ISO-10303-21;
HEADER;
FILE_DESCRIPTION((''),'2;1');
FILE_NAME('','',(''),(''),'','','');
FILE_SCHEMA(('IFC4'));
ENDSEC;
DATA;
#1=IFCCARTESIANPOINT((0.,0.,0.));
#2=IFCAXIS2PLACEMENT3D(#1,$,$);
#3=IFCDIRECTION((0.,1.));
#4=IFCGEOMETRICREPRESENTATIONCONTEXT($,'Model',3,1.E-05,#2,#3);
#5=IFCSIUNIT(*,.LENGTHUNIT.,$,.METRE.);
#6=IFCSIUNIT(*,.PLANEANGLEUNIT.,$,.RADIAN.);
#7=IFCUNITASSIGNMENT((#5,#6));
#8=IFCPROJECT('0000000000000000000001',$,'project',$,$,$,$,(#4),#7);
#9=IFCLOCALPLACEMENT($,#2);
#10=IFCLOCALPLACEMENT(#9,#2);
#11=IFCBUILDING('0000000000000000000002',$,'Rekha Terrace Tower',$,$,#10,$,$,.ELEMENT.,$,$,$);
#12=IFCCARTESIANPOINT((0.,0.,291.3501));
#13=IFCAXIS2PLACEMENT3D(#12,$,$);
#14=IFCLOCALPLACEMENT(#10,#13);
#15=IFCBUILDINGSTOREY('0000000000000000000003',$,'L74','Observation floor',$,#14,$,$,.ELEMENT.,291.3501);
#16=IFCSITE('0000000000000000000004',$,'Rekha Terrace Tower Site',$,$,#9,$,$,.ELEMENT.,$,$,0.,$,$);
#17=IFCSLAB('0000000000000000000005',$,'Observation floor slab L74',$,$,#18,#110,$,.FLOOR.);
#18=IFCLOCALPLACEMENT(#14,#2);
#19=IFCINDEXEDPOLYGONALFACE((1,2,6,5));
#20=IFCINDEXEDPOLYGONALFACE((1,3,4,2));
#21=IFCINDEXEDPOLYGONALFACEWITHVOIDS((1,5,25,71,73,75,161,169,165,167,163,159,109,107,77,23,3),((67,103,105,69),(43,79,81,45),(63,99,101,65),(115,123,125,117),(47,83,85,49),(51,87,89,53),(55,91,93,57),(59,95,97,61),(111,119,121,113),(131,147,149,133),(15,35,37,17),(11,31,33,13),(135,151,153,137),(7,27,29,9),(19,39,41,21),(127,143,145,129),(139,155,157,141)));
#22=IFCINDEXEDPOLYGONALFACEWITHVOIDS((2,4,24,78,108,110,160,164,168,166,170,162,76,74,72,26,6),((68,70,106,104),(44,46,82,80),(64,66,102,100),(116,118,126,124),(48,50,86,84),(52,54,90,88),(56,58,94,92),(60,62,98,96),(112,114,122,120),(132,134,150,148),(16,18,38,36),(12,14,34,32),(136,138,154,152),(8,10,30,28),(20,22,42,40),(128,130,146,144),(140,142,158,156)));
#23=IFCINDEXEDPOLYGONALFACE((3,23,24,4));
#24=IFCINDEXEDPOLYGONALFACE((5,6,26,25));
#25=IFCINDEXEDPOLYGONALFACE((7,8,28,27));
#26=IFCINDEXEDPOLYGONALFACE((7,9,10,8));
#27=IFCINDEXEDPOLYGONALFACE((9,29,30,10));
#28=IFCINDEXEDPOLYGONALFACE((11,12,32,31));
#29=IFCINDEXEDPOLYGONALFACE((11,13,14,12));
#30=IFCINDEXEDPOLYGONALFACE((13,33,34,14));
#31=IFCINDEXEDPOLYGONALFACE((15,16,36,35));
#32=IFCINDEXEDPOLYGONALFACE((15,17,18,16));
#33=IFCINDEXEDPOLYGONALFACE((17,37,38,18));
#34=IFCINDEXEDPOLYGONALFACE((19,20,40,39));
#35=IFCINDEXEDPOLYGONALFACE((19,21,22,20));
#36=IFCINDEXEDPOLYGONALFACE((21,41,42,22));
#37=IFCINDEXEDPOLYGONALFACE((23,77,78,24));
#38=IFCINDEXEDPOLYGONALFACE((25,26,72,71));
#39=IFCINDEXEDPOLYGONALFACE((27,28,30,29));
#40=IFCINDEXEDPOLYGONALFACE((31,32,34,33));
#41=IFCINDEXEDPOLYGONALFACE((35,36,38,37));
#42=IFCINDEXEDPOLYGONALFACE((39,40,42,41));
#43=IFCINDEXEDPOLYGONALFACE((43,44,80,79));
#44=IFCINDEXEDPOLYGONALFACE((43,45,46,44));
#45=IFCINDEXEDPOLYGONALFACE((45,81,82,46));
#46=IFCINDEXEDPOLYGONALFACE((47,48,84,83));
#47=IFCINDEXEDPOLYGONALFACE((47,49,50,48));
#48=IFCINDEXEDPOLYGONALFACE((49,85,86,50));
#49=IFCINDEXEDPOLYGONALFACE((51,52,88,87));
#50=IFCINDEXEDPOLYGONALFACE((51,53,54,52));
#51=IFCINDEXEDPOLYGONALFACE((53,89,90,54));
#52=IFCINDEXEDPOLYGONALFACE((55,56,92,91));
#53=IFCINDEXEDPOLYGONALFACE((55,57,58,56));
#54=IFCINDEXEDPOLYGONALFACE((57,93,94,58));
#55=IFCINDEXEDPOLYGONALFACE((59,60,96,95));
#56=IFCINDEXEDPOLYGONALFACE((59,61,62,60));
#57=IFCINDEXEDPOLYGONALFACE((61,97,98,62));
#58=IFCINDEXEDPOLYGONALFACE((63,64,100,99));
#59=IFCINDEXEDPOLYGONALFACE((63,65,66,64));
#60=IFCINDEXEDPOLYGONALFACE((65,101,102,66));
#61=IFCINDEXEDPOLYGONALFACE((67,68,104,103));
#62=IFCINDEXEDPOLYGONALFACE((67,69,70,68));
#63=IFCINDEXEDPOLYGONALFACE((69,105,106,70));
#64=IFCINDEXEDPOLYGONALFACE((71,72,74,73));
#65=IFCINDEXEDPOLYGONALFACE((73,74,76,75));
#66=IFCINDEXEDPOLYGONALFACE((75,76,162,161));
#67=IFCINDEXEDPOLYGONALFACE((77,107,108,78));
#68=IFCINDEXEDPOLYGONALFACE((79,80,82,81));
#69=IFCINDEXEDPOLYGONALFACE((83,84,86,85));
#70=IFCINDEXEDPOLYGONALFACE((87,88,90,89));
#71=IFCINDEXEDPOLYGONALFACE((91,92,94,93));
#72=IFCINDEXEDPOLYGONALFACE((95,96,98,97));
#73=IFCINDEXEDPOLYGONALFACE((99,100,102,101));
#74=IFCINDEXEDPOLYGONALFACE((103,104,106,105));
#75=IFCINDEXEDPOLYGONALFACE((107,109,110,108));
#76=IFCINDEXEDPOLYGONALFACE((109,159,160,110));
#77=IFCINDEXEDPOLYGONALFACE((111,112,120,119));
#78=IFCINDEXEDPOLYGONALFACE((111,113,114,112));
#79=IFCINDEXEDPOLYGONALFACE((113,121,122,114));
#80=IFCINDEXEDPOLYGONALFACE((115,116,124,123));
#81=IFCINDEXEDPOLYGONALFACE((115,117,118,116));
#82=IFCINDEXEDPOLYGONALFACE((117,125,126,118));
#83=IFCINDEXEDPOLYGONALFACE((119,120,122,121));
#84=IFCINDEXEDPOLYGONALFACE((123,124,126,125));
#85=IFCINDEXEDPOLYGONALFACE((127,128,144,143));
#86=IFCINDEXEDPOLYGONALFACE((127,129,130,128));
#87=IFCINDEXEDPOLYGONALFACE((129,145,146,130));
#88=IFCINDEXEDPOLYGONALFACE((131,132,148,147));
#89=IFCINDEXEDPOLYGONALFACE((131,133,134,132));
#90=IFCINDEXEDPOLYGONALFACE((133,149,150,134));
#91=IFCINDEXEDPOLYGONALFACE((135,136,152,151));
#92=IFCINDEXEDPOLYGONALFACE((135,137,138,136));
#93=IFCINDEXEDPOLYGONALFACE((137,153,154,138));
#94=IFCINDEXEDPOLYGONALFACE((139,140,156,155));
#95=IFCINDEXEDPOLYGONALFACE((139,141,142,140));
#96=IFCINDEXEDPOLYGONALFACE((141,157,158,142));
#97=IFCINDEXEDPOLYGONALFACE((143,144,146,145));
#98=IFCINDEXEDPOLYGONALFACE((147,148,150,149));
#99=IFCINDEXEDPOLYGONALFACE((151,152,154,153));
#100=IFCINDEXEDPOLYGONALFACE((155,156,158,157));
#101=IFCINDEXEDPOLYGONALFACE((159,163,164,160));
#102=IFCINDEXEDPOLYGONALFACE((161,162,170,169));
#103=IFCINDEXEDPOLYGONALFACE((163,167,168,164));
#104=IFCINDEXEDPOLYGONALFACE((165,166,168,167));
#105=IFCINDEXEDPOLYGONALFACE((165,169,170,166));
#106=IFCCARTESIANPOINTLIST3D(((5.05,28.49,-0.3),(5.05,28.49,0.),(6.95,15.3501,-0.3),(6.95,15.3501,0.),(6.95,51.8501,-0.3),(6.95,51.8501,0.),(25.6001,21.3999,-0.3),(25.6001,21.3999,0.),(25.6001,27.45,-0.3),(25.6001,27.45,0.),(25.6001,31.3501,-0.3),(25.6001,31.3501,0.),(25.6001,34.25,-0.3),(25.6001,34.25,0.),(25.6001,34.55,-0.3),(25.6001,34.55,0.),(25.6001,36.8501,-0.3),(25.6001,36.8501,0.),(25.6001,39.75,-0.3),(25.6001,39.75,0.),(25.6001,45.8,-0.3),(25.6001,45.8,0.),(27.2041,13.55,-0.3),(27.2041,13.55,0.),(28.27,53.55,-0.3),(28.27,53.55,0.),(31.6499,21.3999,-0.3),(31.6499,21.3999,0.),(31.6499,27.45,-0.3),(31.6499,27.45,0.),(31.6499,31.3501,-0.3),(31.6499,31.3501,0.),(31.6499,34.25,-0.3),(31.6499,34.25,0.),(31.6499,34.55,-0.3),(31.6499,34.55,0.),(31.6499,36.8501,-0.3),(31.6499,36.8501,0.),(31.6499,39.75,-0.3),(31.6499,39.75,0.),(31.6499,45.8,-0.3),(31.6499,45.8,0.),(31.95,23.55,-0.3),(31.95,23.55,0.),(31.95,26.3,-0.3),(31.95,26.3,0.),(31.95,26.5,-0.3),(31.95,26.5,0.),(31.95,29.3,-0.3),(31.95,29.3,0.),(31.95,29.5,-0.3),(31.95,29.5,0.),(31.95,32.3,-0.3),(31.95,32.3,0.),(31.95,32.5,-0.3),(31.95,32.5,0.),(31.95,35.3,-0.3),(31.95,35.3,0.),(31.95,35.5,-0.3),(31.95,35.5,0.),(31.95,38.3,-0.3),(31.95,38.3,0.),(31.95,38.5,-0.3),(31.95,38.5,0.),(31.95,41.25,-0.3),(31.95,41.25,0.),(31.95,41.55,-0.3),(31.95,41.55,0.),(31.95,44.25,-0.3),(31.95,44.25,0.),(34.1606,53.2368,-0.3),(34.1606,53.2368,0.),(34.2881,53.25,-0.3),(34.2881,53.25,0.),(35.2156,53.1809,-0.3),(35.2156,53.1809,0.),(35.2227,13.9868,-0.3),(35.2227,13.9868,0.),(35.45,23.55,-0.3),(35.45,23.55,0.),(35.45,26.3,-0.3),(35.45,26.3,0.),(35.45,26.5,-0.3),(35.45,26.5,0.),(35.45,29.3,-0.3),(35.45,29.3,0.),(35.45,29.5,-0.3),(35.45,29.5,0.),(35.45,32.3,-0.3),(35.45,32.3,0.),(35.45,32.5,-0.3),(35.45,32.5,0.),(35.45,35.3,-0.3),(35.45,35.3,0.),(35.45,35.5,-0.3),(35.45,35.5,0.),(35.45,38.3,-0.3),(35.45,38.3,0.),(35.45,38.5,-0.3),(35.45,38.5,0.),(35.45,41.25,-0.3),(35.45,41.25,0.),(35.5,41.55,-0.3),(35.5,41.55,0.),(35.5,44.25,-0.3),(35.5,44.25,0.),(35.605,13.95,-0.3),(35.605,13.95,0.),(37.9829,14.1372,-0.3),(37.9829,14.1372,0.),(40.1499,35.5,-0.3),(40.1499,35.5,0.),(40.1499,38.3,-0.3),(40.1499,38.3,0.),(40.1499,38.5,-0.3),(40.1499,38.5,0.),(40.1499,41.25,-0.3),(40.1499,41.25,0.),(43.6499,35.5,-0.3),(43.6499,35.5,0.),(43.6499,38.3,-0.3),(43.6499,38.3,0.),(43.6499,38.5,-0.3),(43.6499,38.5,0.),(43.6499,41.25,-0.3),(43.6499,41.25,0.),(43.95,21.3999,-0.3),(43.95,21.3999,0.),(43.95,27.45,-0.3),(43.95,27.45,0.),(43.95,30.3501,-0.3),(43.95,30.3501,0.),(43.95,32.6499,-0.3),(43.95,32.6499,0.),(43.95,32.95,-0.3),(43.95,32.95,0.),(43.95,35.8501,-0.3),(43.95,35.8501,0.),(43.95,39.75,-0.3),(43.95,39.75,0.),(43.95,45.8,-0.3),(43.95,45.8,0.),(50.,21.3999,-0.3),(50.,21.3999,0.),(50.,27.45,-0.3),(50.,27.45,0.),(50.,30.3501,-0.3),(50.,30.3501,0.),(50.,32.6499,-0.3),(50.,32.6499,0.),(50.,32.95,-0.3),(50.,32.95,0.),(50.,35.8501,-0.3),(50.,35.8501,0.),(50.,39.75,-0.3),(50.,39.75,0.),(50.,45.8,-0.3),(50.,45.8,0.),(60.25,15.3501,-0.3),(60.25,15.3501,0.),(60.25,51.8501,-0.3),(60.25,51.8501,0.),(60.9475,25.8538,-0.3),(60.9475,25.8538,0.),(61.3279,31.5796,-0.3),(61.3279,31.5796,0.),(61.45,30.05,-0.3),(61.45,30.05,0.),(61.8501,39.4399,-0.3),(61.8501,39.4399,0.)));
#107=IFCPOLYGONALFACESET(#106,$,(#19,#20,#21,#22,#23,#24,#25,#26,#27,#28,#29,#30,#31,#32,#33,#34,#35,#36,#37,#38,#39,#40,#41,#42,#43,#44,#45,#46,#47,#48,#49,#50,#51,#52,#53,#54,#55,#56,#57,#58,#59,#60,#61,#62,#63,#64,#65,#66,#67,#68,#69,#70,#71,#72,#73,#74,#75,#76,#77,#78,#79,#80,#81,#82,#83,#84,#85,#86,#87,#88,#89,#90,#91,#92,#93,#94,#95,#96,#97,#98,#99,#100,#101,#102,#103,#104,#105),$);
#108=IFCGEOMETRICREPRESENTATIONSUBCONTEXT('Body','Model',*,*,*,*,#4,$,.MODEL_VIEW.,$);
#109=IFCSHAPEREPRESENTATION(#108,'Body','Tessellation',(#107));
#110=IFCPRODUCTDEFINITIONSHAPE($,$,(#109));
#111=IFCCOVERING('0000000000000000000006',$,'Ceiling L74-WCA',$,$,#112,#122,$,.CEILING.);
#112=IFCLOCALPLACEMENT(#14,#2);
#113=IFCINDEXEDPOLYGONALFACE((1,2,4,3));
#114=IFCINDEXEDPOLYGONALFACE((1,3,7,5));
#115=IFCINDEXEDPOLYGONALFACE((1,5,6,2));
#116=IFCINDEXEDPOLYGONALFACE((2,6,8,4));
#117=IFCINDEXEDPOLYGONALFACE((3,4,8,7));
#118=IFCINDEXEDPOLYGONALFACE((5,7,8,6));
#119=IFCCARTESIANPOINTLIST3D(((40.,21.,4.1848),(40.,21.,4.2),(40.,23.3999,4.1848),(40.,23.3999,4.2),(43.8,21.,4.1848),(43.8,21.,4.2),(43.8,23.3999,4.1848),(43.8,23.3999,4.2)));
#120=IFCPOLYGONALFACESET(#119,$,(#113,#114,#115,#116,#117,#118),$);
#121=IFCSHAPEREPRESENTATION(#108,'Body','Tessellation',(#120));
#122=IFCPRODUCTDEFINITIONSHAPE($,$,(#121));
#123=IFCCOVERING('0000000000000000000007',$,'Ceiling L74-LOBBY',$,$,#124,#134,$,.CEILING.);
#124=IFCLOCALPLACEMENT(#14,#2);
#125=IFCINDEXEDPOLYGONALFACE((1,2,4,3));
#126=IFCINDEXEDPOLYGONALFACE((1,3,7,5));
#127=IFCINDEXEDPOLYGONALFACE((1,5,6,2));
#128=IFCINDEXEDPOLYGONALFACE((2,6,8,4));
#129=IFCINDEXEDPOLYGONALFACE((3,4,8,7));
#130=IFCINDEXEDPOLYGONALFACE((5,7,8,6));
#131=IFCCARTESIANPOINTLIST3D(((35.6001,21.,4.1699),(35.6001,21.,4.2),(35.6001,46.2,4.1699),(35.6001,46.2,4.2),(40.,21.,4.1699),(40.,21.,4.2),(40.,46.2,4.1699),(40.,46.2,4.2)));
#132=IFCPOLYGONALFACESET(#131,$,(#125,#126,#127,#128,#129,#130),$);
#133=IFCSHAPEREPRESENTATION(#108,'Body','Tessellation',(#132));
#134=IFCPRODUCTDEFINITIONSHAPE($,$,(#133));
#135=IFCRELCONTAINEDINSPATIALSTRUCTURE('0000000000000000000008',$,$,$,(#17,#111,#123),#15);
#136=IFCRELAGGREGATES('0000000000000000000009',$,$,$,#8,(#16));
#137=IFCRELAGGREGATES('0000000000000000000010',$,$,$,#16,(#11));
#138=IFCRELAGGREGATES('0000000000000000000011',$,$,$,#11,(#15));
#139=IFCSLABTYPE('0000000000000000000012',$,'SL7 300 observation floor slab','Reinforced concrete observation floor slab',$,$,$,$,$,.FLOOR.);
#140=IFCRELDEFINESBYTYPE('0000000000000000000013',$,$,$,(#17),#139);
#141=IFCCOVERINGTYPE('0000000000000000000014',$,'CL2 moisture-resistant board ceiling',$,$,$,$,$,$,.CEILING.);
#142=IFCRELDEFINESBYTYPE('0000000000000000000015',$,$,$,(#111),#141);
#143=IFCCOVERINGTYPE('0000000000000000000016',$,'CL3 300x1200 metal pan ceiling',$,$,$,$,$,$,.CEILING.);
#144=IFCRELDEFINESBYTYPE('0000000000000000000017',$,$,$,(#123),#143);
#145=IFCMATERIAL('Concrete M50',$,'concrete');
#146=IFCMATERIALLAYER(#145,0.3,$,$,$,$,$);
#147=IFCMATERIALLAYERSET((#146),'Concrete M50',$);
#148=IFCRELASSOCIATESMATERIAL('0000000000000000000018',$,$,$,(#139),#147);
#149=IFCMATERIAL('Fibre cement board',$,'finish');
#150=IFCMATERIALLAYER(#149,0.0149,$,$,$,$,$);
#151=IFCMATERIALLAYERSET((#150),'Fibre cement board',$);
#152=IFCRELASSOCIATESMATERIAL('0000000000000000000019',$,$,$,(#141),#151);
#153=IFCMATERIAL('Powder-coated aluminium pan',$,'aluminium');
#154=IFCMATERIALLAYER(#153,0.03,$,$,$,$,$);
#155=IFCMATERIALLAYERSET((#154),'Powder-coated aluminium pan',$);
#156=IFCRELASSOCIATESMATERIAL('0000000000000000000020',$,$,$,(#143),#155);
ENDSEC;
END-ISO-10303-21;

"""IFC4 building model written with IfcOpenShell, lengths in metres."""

from ifc_helpers import new_model, si_unit, direction, frame, origin, place, context, subcontext, project, spatial, polyline, outline, extrude, material, layer, layer_set, type_object, element, save


model = new_model("IFC4")

# Units and contexts
model_context = context("Model", 3, precision=1e-05, world=origin(), true_north=direction((0.0, 1.0)))
body_context = subcontext(model_context, "Body", "Model", "MODEL_VIEW")
ifc_project = project(units=[si_unit("LENGTHUNIT", "METRE"), si_unit("PLANEANGLEUNIT", "RADIAN")], contexts=[model_context])

# Site, building, storey
site_placement = place(None, origin())
site = spatial("IfcSite", under=ifc_project, at=site_placement, Name="Rekha Terrace Tower Site", CompositionType="ELEMENT", RefElevation=0.0)
building_placement = place(site_placement, origin())
building = spatial("IfcBuilding", under=site, at=building_placement, Name="Rekha Terrace Tower", CompositionType="ELEMENT")
storey_placement = place(building_placement, frame((0.0, 0.0, 291.3501)))
storey = spatial("IfcBuildingStorey", under=building, at=storey_placement, Name="L74", Description="Observation floor", CompositionType="ELEMENT", Elevation=291.3501)

# Slab
ifc_material_1 = material(Name="Concrete M50", Category="concrete")
ifc_layer_1 = layer(ifc_material_1, 0.3)
ifc_layer_set_1 = layer_set([ifc_layer_1], Name="Concrete M50")
slab_type_1 = type_object("IfcSlabType", Name="SL7 300 observation floor slab", Description="Reinforced concrete observation floor slab", PredefinedType="FLOOR", material=ifc_layer_set_1)
slab_1_placement = place(storey_placement, frame((0.0, 0.0, -0.3)))
element("IfcSlab", 1, at=slab_1_placement, inside=storey, type_object=slab_type_1, Name="Observation floor slab L74", PredefinedType="FLOOR", context=body_context, shape_type="SweptSolid", body=[
    extrude(outline(polyline([(5.05, 28.49), (5.05, 28.49), (5.05, 28.49), (5.05, 28.49), (5.05, 28.49), (6.95, 15.3501), (6.95, 15.3501), (6.95, 15.3501), (6.95, 15.3501), (6.95, 15.3501), (6.95, 15.3501), (6.95, 15.3501), (27.2041, 13.55), (27.2041, 13.55), (27.2041, 13.55), (27.2041, 13.55), (27.2041, 13.55), (27.2041, 13.55), (27.2041, 13.55), (27.2041, 13.55), (35.2227, 13.9868), (35.2227, 13.9868), (35.2227, 13.9868), (35.2227, 13.9868), (35.2227, 13.9868), (35.2227, 13.9868), (35.2227, 13.9868), (35.2227, 13.9868), (35.605, 13.95), (35.605, 13.95), (35.605, 13.95), (35.605, 13.95), (35.605, 13.95), (35.605, 13.95), (37.9829, 14.1372), (37.9829, 14.1372), (60.25, 15.3501), (60.25, 15.3501), (60.25, 15.3501), (60.9475, 25.8538), (60.9475, 25.8538), (61.45, 30.05), (61.45, 30.05), (61.45, 30.05), (61.45, 30.05), (61.45, 30.05), (61.45, 30.05), (61.3279, 31.5796), (61.3279, 31.5796), (61.3279, 31.5796), (61.3279, 31.5796), (61.8501, 39.4399), (61.8501, 39.4399), (61.8501, 39.4399), (61.8501, 39.4399), (60.25, 51.8501), (60.25, 51.8501), (60.25, 51.8501), (60.25, 51.8501), (60.25, 51.8501), (35.2156, 53.1809), (35.2156, 53.1809), (35.2156, 53.1809), (35.2156, 53.1809), (34.2881, 53.25), (34.2881, 53.25), (34.2881, 53.25), (34.2881, 53.25), (34.2881, 53.25), (34.2881, 53.25), (34.1606, 53.2368), (34.1606, 53.2368), (34.1606, 53.2368), (34.1606, 53.2368), (34.1606, 53.2368), (34.1606, 53.2368), (34.1606, 53.2368), (34.1606, 53.2368), (28.27, 53.55), (28.27, 53.55), (28.27, 53.55), (28.27, 53.55), (28.27, 53.55), (28.27, 53.55), (28.27, 53.55), (28.27, 53.55), (6.95, 51.8501), (6.95, 51.8501), (6.95, 51.8501), (6.95, 51.8501), (6.95, 51.8501), (6.95, 51.8501), (6.95, 51.8501), (5.05, 28.49), (5.05, 28.49)]), holes=[polyline([(31.6499, 27.45), (31.6499, 21.3999), (25.6001, 21.3999), (25.6001, 27.45), (31.6499, 27.45)]), polyline([(35.45, 26.3), (35.45, 23.55), (31.95, 23.55), (31.95, 26.3), (35.45, 26.3)]), polyline([(35.45, 29.3), (35.45, 26.5), (31.95, 26.5), (31.95, 29.3), (35.45, 29.3)]), polyline([(35.45, 32.3), (35.45, 29.5), (31.95, 29.5), (31.95, 32.3), (35.45, 32.3)]), polyline([(31.6499, 34.25), (31.6499, 31.3501), (25.6001, 31.3501), (25.6001, 34.25), (31.6499, 34.25)]), polyline([(35.45, 35.3), (35.45, 32.5), (31.95, 32.5), (31.95, 35.3), (35.45, 35.3)]), polyline([(31.6499, 36.8501), (31.6499, 34.55), (25.6001, 34.55), (25.6001, 36.8501), (31.6499, 36.8501)]), polyline([(35.45, 38.3), (35.45, 35.5), (31.95, 35.5), (31.95, 38.3), (35.45, 38.3)]), polyline([(31.6499, 45.8), (31.6499, 39.75), (25.6001, 39.75), (25.6001, 45.8), (31.6499, 45.8)]), polyline([(50.0, 27.45), (50.0, 21.3999), (43.95, 21.3999), (43.95, 27.45), (50.0, 27.45)]), polyline([(50.0, 32.6499), (50.0, 30.3501), (43.95, 30.3501), (43.95, 32.6499), (50.0, 32.6499)]), polyline([(50.0, 35.8501), (50.0, 32.95), (43.95, 32.95), (43.95, 35.8501), (50.0, 35.8501)]), polyline([(43.6499, 38.3), (43.6499, 35.5), (40.1499, 35.5), (40.1499, 38.3), (43.6499, 38.3)]), polyline([(35.45, 41.25), (35.45, 38.5), (31.95, 38.5), (31.95, 41.25), (35.45, 41.25)]), polyline([(43.6499, 41.25), (43.6499, 38.5), (40.1499, 38.5), (40.1499, 41.25), (43.6499, 41.25)]), polyline([(50.0, 39.75), (43.95, 39.75), (43.95, 45.8), (50.0, 45.8), (50.0, 39.75)]), polyline([(35.5, 41.55), (31.95, 41.55), (31.95, 44.25), (35.5, 44.25), (35.5, 41.55)])]), origin(), (0.0, 0.0, 1.0), 0.3),
])

# Coverings
ifc_material_2 = material(Name="Fibre cement board", Category="finish")
ifc_layer_2 = layer(ifc_material_2, 0.0149)
ifc_layer_set_2 = layer_set([ifc_layer_2], Name="Fibre cement board")
covering_type_1 = type_object("IfcCoveringType", Name="CL2 moisture-resistant board ceiling", PredefinedType="CEILING", material=ifc_layer_set_2)
covering_1_placement = place(storey_placement, frame((0.0, 0.0, 4.1848)))
element("IfcCovering", 2, at=covering_1_placement, inside=storey, type_object=covering_type_1, Name="Ceiling L74-WCA", PredefinedType="CEILING", context=body_context, shape_type="SweptSolid", body=[
    extrude(outline(polyline([(43.8, 23.3999), (40.0, 23.3999), (40.0, 21.0), (43.8, 21.0), (43.8, 23.3999)])), origin(), (0.0, 0.0, 1.0), 0.0151),
])
ifc_material_3 = material(Name="Powder-coated aluminium pan", Category="aluminium")
ifc_layer_3 = layer(ifc_material_3, 0.03)
ifc_layer_set_3 = layer_set([ifc_layer_3], Name="Powder-coated aluminium pan")
covering_type_2 = type_object("IfcCoveringType", Name="CL3 300x1200 metal pan ceiling", PredefinedType="CEILING", material=ifc_layer_set_3)
covering_2_placement = place(storey_placement, frame((0.0, 0.0, 4.1699)))
element("IfcCovering", 3, at=covering_2_placement, inside=storey, type_object=covering_type_2, Name="Ceiling L74-LOBBY", PredefinedType="CEILING", context=body_context, shape_type="SweptSolid", body=[
    extrude(outline(polyline([(40.0, 46.2), (35.6001, 46.2), (35.6001, 21.0), (40.0, 21.0), (40.0, 46.2)])), origin(), (0.0, 0.0, 1.0), 0.03),
])

save(model, "model.ifc")
